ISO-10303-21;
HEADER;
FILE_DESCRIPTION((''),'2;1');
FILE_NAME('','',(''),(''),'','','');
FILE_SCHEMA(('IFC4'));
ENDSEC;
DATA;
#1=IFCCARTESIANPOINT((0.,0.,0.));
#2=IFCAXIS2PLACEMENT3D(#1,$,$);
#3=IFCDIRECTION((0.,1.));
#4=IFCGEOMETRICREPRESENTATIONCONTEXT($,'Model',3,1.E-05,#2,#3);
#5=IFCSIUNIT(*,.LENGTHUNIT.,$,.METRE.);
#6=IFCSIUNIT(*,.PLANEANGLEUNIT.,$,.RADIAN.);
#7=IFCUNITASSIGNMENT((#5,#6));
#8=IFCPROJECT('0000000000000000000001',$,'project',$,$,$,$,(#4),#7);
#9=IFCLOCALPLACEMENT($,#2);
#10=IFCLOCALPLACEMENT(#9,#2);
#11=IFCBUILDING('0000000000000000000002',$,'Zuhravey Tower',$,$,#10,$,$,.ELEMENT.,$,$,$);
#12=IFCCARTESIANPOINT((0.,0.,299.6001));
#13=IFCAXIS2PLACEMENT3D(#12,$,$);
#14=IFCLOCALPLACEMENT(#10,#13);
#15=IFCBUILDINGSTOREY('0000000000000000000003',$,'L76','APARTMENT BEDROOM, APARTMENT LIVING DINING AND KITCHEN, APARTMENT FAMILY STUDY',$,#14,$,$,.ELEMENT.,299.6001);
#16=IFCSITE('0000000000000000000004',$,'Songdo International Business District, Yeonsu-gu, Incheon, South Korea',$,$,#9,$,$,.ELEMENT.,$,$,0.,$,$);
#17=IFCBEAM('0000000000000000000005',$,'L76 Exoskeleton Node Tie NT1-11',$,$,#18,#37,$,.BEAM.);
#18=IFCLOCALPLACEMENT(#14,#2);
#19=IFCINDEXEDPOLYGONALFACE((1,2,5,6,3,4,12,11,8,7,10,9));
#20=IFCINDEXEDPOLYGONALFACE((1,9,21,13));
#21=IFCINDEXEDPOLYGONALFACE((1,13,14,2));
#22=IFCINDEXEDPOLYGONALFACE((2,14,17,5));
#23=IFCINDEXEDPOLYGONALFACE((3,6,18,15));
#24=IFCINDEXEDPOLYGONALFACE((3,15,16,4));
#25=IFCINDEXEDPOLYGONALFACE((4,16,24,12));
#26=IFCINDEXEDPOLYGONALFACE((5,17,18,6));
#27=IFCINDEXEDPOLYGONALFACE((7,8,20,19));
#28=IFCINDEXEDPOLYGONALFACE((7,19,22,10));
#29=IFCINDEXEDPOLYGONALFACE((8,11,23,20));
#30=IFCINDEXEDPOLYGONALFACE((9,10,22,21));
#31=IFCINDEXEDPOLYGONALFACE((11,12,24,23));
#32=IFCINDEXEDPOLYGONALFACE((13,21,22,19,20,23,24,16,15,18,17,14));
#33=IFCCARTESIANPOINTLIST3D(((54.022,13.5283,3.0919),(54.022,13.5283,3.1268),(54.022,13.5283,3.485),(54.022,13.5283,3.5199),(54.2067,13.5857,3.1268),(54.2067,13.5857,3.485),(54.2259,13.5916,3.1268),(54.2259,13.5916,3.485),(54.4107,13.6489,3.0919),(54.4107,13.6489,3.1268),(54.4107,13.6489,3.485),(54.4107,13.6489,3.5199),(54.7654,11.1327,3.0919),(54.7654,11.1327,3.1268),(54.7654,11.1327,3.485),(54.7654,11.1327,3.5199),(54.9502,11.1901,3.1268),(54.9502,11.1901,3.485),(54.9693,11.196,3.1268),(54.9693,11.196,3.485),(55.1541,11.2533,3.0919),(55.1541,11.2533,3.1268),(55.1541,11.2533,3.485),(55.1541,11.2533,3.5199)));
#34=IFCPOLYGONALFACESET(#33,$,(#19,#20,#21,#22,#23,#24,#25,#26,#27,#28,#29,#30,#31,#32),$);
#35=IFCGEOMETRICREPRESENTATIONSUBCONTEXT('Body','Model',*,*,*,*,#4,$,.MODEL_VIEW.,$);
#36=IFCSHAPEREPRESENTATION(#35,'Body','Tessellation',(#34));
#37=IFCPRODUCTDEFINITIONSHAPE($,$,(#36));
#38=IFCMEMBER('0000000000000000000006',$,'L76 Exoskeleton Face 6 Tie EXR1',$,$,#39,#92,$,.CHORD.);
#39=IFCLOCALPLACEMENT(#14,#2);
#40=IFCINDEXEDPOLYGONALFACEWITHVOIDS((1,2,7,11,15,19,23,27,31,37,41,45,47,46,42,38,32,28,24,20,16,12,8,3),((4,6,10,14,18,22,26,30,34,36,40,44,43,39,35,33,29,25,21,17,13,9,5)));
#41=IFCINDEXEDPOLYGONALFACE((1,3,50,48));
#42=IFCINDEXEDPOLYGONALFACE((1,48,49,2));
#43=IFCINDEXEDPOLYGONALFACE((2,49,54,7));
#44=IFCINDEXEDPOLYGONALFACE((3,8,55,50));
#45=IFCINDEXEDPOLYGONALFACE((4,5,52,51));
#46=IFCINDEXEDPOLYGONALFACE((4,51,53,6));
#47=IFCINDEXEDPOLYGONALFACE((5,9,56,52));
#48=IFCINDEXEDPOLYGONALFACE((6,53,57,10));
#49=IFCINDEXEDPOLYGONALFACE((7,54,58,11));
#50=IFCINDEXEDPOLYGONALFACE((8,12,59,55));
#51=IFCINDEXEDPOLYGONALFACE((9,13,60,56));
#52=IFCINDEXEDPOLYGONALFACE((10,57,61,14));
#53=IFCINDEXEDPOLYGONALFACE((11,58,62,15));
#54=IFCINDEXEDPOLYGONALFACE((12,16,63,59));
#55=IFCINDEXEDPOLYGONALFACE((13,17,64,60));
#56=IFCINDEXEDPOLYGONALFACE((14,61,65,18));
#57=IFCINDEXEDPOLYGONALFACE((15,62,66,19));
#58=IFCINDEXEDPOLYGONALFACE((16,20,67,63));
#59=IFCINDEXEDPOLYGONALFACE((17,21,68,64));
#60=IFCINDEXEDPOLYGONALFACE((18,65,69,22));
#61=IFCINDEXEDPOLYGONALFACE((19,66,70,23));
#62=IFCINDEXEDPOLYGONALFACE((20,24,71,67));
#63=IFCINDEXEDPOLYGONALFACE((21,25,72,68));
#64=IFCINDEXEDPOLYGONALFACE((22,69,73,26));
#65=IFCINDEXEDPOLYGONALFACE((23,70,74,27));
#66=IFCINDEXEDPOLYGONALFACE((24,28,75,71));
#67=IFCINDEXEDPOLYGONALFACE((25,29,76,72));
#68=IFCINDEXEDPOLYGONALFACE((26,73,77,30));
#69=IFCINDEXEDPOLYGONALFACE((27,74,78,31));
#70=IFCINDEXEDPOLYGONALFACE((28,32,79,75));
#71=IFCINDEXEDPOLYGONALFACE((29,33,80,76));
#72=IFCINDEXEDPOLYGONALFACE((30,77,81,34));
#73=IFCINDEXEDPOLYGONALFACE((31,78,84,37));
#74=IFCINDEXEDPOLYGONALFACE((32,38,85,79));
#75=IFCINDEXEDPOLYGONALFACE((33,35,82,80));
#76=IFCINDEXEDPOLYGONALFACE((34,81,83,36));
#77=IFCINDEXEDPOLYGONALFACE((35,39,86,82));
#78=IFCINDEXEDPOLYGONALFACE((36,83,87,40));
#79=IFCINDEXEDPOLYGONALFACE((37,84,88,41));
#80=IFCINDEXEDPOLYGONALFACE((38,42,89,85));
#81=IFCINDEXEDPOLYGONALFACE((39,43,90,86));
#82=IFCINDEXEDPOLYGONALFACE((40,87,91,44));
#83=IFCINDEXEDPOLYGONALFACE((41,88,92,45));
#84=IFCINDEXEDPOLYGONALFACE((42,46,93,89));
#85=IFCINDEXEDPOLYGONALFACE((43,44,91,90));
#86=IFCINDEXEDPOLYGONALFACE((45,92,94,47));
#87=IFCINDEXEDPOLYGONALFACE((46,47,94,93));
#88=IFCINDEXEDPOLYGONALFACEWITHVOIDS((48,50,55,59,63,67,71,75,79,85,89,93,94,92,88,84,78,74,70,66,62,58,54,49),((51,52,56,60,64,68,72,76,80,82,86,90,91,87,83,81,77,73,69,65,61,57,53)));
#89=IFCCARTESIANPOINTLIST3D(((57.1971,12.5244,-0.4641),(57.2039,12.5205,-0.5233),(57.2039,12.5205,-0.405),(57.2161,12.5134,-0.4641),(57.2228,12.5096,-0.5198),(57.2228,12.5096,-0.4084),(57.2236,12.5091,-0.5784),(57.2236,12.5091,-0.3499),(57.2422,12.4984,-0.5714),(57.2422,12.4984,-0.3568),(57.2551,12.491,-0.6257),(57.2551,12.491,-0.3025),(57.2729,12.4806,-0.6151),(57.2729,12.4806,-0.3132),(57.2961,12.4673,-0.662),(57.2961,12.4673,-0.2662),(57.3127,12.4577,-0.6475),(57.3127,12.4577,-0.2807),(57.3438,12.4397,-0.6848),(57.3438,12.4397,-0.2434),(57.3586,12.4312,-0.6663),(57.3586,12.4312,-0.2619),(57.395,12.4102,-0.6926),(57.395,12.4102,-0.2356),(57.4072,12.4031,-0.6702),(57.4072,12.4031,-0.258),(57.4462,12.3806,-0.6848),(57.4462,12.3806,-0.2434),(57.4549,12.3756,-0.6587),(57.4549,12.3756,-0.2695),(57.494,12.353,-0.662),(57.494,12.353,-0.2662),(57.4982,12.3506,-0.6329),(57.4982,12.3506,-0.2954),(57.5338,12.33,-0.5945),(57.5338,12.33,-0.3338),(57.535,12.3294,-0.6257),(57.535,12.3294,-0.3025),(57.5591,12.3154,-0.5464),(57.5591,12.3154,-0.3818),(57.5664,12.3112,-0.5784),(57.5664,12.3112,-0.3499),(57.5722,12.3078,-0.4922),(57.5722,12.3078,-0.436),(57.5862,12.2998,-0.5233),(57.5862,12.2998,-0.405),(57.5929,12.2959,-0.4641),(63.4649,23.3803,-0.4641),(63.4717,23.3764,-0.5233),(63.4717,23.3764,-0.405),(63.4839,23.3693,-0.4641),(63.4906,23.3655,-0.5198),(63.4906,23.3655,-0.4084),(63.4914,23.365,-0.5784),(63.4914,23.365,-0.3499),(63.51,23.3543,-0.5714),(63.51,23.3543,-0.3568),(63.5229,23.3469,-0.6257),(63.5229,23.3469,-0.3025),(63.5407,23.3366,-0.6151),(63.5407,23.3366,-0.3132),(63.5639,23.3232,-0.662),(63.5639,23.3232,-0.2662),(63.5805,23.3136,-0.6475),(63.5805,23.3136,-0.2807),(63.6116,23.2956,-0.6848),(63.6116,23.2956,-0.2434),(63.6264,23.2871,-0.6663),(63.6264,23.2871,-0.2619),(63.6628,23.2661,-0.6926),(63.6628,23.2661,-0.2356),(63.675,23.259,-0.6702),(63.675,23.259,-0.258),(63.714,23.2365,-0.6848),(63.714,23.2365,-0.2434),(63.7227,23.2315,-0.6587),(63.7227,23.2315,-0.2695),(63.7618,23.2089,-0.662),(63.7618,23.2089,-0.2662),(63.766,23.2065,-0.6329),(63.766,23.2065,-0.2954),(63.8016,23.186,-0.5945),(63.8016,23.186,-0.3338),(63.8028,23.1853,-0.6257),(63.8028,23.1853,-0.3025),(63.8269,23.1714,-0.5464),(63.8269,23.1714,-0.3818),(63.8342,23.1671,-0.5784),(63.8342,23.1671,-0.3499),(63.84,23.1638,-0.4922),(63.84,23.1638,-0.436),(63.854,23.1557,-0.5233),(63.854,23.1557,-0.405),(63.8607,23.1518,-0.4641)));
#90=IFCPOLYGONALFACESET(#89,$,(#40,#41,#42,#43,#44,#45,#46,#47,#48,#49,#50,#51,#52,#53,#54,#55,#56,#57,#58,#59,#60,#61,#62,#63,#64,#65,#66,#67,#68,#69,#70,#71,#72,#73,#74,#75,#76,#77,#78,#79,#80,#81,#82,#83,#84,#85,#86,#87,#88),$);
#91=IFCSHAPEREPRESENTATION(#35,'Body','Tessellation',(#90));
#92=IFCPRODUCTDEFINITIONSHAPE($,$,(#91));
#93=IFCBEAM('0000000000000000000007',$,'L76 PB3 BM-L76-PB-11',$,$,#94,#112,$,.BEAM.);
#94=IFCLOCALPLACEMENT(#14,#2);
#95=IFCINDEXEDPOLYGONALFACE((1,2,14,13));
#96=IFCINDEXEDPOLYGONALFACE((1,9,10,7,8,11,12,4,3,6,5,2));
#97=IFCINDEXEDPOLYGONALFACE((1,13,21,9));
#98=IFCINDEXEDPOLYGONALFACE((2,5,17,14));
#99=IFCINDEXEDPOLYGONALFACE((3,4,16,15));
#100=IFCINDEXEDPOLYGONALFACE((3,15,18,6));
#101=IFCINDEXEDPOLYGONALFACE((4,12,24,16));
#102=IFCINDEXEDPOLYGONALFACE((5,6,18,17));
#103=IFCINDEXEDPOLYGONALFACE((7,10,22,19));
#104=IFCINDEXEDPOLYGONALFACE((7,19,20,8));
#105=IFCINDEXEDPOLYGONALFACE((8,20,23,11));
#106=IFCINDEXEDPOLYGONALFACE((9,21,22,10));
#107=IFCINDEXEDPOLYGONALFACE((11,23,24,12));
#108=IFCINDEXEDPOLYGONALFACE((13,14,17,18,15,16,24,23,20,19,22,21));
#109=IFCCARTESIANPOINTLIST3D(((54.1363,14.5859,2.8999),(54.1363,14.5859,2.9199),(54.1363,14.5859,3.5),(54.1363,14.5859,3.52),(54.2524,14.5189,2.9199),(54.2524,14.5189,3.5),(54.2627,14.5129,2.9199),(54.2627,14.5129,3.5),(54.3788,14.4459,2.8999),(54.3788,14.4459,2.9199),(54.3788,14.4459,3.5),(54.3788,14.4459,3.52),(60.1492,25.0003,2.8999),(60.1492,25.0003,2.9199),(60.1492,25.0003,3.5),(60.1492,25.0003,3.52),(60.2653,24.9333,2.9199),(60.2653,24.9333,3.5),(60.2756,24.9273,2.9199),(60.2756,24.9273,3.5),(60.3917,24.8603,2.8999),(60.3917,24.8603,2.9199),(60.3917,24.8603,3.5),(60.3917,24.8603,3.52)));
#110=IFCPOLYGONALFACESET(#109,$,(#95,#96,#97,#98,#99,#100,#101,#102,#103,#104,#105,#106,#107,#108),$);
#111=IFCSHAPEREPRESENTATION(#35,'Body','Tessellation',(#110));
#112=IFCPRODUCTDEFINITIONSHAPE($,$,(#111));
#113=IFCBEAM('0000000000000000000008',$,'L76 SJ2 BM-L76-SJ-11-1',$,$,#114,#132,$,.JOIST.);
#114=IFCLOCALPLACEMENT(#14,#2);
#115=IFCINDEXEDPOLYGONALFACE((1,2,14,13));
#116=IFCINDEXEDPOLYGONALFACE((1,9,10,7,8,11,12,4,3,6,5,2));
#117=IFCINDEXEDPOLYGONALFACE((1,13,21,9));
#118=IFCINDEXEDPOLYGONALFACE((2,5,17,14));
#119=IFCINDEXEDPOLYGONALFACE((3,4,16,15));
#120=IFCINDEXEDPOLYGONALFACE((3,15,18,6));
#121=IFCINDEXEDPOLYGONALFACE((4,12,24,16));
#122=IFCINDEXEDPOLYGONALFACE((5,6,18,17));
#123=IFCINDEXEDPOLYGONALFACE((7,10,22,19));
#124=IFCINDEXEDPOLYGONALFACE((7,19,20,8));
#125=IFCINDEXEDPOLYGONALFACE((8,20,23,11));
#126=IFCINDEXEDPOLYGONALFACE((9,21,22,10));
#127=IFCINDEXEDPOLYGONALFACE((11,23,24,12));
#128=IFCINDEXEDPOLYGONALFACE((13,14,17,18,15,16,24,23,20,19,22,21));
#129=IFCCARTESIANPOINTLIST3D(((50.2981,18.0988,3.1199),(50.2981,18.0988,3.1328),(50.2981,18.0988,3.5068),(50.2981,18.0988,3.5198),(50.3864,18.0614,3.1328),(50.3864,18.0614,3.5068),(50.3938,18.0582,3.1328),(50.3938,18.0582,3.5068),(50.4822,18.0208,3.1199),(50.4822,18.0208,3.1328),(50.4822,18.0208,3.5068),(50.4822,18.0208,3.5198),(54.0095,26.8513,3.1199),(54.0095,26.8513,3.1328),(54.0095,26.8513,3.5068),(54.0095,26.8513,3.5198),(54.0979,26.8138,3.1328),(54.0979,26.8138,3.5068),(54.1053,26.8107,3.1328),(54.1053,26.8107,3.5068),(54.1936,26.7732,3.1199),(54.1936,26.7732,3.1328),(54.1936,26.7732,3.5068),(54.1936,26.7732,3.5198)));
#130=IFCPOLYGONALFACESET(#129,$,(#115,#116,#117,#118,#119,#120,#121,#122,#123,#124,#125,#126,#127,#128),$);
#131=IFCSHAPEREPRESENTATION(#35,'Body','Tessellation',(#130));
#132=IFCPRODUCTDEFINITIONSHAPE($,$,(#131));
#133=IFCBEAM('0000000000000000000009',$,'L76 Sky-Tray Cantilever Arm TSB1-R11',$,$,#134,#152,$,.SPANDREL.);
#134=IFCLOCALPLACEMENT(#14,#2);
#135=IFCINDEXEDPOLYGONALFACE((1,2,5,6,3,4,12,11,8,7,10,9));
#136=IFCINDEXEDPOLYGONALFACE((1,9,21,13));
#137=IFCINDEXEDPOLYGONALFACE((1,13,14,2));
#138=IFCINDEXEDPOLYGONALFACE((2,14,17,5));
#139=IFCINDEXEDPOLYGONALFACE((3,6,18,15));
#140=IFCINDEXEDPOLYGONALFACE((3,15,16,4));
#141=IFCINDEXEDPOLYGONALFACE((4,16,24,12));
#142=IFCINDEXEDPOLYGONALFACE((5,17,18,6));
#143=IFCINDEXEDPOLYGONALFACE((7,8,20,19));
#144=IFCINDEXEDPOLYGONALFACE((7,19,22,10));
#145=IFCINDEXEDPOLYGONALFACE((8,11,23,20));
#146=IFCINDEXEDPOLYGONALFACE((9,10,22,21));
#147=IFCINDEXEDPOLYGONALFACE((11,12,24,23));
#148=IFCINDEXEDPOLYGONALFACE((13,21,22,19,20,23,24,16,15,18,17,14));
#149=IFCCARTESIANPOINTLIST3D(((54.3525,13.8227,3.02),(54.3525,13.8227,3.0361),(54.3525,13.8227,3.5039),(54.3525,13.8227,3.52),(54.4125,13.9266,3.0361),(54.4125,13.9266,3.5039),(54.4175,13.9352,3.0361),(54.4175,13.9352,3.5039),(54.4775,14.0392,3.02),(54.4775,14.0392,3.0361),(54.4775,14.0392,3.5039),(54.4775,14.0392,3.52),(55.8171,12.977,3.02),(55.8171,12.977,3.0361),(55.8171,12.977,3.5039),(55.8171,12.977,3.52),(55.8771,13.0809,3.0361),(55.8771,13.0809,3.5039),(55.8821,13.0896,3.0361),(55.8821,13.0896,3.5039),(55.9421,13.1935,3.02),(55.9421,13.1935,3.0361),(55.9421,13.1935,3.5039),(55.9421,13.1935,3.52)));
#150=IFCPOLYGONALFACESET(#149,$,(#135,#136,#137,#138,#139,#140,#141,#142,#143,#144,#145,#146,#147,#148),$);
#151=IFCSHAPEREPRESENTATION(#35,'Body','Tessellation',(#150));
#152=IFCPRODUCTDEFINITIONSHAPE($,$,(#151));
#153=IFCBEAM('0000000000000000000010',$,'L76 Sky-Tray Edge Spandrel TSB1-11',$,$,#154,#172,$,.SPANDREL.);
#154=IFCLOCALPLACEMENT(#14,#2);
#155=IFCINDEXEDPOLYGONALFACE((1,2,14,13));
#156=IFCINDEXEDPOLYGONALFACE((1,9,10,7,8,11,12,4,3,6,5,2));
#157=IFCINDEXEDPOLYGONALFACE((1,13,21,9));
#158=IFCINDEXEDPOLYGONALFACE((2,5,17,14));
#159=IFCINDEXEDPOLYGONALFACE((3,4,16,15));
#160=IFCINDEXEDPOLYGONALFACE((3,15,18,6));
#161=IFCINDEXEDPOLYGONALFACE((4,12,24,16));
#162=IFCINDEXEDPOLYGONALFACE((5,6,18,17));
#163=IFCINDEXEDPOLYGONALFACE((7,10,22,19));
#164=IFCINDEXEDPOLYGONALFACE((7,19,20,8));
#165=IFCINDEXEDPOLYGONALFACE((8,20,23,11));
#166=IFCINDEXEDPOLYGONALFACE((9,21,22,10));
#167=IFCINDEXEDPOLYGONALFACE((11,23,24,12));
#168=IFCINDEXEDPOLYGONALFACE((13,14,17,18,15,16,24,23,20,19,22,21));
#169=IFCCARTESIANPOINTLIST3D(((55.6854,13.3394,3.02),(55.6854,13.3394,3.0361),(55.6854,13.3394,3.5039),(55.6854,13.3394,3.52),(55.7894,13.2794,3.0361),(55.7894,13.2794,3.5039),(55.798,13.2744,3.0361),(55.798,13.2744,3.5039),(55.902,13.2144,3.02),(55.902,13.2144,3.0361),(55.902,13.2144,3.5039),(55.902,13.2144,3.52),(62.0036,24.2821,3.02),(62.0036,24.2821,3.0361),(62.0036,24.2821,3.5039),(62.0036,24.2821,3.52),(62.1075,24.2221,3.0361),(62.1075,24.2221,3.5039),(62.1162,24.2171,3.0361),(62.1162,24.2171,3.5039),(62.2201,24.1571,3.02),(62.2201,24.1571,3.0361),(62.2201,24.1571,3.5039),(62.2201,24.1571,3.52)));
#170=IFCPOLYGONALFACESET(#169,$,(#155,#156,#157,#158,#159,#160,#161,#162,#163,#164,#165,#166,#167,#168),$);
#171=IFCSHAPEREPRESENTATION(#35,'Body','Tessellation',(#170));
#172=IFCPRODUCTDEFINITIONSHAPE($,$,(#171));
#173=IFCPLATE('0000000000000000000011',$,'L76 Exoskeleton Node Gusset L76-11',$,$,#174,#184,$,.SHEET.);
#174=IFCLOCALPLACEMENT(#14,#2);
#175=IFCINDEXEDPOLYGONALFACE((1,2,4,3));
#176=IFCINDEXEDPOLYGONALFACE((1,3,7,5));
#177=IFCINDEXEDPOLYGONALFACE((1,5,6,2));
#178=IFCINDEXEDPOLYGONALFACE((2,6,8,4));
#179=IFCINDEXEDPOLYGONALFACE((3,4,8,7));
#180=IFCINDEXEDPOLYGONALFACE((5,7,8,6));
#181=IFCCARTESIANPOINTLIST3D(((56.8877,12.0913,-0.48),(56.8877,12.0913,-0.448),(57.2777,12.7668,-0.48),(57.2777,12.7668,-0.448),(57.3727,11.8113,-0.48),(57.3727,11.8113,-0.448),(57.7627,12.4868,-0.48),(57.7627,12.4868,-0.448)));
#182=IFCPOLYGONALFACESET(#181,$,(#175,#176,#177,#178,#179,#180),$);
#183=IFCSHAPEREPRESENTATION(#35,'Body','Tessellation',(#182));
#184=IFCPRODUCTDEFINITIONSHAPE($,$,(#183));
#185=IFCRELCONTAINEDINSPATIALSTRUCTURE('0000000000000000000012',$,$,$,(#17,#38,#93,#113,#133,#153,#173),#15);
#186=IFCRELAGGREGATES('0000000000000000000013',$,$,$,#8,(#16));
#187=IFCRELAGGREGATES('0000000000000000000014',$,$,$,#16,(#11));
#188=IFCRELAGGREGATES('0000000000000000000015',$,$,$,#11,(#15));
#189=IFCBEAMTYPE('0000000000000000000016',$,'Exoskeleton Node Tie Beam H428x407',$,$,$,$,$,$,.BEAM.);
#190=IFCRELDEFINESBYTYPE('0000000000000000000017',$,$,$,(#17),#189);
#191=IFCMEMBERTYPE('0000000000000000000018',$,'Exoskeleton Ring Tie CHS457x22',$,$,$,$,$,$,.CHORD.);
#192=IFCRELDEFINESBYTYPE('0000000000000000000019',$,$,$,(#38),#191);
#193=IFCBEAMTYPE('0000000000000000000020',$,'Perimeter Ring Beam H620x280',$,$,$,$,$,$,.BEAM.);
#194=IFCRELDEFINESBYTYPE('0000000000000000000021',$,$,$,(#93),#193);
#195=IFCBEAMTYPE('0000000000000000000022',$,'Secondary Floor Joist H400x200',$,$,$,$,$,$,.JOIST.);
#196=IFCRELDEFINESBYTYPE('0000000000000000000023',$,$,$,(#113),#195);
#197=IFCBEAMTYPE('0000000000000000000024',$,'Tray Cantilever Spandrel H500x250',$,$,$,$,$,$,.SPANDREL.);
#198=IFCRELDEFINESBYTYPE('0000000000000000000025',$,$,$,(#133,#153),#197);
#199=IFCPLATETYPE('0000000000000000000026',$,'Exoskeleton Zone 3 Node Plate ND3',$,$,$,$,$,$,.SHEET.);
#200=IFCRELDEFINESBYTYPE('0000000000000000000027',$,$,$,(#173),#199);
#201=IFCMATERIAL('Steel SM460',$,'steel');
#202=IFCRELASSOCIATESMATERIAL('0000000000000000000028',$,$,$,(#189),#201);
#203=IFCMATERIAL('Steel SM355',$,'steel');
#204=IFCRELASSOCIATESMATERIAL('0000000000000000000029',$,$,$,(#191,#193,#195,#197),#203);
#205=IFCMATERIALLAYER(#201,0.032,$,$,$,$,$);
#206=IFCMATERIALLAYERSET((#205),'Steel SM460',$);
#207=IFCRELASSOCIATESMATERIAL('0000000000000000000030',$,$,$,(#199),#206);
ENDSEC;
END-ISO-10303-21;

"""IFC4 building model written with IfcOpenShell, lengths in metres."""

from ifc_helpers import new_model, si_unit, direction, frame, origin, origin_2d, place, context, subcontext, project, spatial, rectangle, hollow_circle, i_section, extrude, material, layer, layer_set, material_profile, profile_set, type_object, element, save


model = new_model("IFC4")

# Units and contexts
model_context = context("Model", 3, precision=1e-05, world=origin(), true_north=direction((0.0, 1.0)))
body_context = subcontext(model_context, "Body", "Model", "MODEL_VIEW")
ifc_project = project(units=[si_unit("LENGTHUNIT", "METRE"), si_unit("PLANEANGLEUNIT", "RADIAN")], contexts=[model_context])

# Site, building, storey
site_placement = place(None, origin())
site = spatial("IfcSite", under=ifc_project, at=site_placement, Name="Songdo International Business District, Yeonsu-gu, Incheon, South Korea", CompositionType="ELEMENT", RefElevation=0.0)
building_placement = place(site_placement, origin())
building = spatial("IfcBuilding", under=site, at=building_placement, Name="Zuhravey Tower", CompositionType="ELEMENT")
storey_placement = place(building_placement, frame((0.0, 0.0, 299.6001)))
storey = spatial("IfcBuildingStorey", under=building, at=storey_placement, Name="L76", Description="APARTMENT BEDROOM, APARTMENT LIVING DINING AND KITCHEN, APARTMENT FAMILY STUDY", CompositionType="ELEMENT", Elevation=299.6001)

# Beam
ifc_material_1 = material(Name="Steel SM460", Category="steel")
ifc_material_profile_1 = material_profile(ifc_material_1, i_section(OverallWidth=0.407, OverallDepth=0.428, WebThickness=0.02, FlangeThickness=0.0349, at=origin_2d()), Name="H-428x407x20x35")
ifc_profile_set_1 = profile_set([ifc_material_profile_1], Name="Steel SM460")
beam_type_1 = type_object("IfcBeamType", Name="Exoskeleton Node Tie Beam H428x407", PredefinedType="BEAM", material=ifc_profile_set_1)
beam_1_placement = place(storey_placement, frame((54.2163, 13.5886, 3.3059), z_axis=(0.29639, -0.955067, 0.0), x_axis=(0.955067, 0.29639, 0.0)))
element("IfcBeam", 1, at=beam_1_placement, inside=storey, type_object=beam_type_1, Name="L76 Exoskeleton Node Tie NT1-11", PredefinedType="BEAM", context=body_context, shape_type="SweptSolid", body=[
    extrude(i_section(OverallWidth=0.407, OverallDepth=0.428, WebThickness=0.02, FlangeThickness=0.0349, at=origin_2d()), origin(), (0.0, 0.0, 1.0), 2.5083),
])

# Member
ifc_material_2 = material(Name="Steel SM355", Category="steel")
ifc_material_profile_2 = material_profile(ifc_material_2, hollow_circle(Radius=0.2285, WallThickness=0.022, at=origin_2d()), Name="CHS-457.2x22")
ifc_profile_set_2 = profile_set([ifc_material_profile_2], Name="Steel SM355")
member_type_1 = type_object("IfcMemberType", Name="Exoskeleton Ring Tie CHS457x22", PredefinedType="CHORD", material=ifc_profile_set_2)
member_1_placement = place(storey_placement, frame((57.395, 12.4102, -0.4641), z_axis=(0.500008, 0.866021, 0.0), x_axis=(-0.866021, 0.500008, 0.0)))
element("IfcMember", 2, at=member_1_placement, inside=storey, type_object=member_type_1, Name="L76 Exoskeleton Face 6 Tie EXR1", PredefinedType="CHORD", context=body_context, shape_type="SweptSolid", body=[
    extrude(hollow_circle(Radius=0.2285, WallThickness=0.022, at=origin_2d()), origin(), (0.0, 0.0, 1.0), 12.5354),
])

# Beams
ifc_material_profile_3 = material_profile(ifc_material_2, i_section(OverallWidth=0.28, OverallDepth=0.6201, WebThickness=0.012, FlangeThickness=0.02, at=origin_2d()), Name="H-620x280x12x20")
ifc_profile_set_3 = profile_set([ifc_material_profile_3], Name="Steel SM355")
beam_type_2 = type_object("IfcBeamType", Name="Perimeter Ring Beam H620x280", PredefinedType="BEAM", material=ifc_profile_set_3)
beam_2_placement = place(storey_placement, frame((54.2576, 14.5159, 3.21), z_axis=(0.500006, 0.866022, 0.0), x_axis=(-0.866022, 0.500006, 0.0)))
element("IfcBeam", 3, at=beam_2_placement, inside=storey, type_object=beam_type_2, Name="L76 PB3 BM-L76-PB-11", PredefinedType="BEAM", context=body_context, shape_type="SweptSolid", body=[
    extrude(i_section(OverallWidth=0.28, OverallDepth=0.6201, WebThickness=0.012, FlangeThickness=0.02, at=origin_2d()), origin(), (0.0, 0.0, 1.0), 12.0256),
])
ifc_material_profile_4 = material_profile(ifc_material_2, i_section(OverallWidth=0.2, OverallDepth=0.3999, WebThickness=0.0081, FlangeThickness=0.0129, at=origin_2d()), Name="H-400x200x8x13")
ifc_profile_set_4 = profile_set([ifc_material_profile_4], Name="Steel SM355")
beam_type_3 = type_object("IfcBeamType", Name="Secondary Floor Joist H400x200", PredefinedType="JOIST", material=ifc_profile_set_4)
beam_3_placement = place(storey_placement, frame((50.3901, 18.0598, 3.3198), z_axis=(0.390396, 0.920647, 0.0), x_axis=(-0.920647, 0.390396, 0.0)))
element("IfcBeam", 4, at=beam_3_placement, inside=storey, type_object=beam_type_3, Name="L76 SJ2 BM-L76-SJ-11-1", PredefinedType="JOIST", context=body_context, shape_type="SweptSolid", body=[
    extrude(i_section(OverallWidth=0.2, OverallDepth=0.3999, WebThickness=0.0081, FlangeThickness=0.0129, at=origin_2d()), origin(), (0.0, 0.0, 1.0), 9.5068),
])
ifc_material_profile_5 = material_profile(ifc_material_2, i_section(OverallWidth=0.25, OverallDepth=0.5, WebThickness=0.01, FlangeThickness=0.0161, at=origin_2d()), Name="H-500x250x10x16")
ifc_profile_set_5 = profile_set([ifc_material_profile_5], Name="Steel SM355")
beam_type_4 = type_object("IfcBeamType", Name="Tray Cantilever Spandrel H500x250", PredefinedType="SPANDREL", material=ifc_profile_set_5)
beam_4_placement = place(storey_placement, frame((54.415, 13.9309, 3.27), z_axis=(0.865996, -0.500052, 0.0), x_axis=(0.500052, 0.865996, 0.0)))
element("IfcBeam", 5, at=beam_4_placement, inside=storey, type_object=beam_type_4, Name="L76 Sky-Tray Cantilever Arm TSB1-R11", PredefinedType="SPANDREL", context=body_context, shape_type="SweptSolid", body=[
    extrude(i_section(OverallWidth=0.25, OverallDepth=0.5, WebThickness=0.01, FlangeThickness=0.0161, at=origin_2d()), origin(), (0.0, 0.0, 1.0), 1.6912),
])
beam_5_placement = place(storey_placement, frame((55.7937, 13.2769, 3.27), z_axis=(0.500023, 0.866012, 0.0), x_axis=(-0.866012, 0.500023, 0.0)))
element("IfcBeam", 6, at=beam_5_placement, inside=storey, type_object=beam_type_4, Name="L76 Sky-Tray Edge Spandrel TSB1-11", PredefinedType="SPANDREL", context=body_context, shape_type="SweptSolid", body=[
    extrude(i_section(OverallWidth=0.25, OverallDepth=0.5, WebThickness=0.01, FlangeThickness=0.0161, at=origin_2d()), origin(), (0.0, 0.0, 1.0), 12.6357),
])

# Plate
ifc_layer_1 = layer(ifc_material_1, 0.032)
ifc_layer_set_1 = layer_set([ifc_layer_1], Name="Steel SM460")
plate_type_1 = type_object("IfcPlateType", Name="Exoskeleton Zone 3 Node Plate ND3", PredefinedType="SHEET", material=ifc_layer_set_1)
plate_1_placement = place(storey_placement, frame((57.3252, 12.2891, -0.48), z_axis=(0.0, 0.0, 1.0), x_axis=(0.5, 0.866025, 0.0)))
element("IfcPlate", 7, at=plate_1_placement, inside=storey, type_object=plate_type_1, Name="L76 Exoskeleton Node Gusset L76-11", PredefinedType="SHEET", context=body_context, shape_type="SweptSolid", body=[
    extrude(rectangle(XDim=0.78, YDim=0.5601, at=origin_2d()), origin(), (0.0, 0.0, 1.0), 0.032),
])

save(model, "model.ifc")
